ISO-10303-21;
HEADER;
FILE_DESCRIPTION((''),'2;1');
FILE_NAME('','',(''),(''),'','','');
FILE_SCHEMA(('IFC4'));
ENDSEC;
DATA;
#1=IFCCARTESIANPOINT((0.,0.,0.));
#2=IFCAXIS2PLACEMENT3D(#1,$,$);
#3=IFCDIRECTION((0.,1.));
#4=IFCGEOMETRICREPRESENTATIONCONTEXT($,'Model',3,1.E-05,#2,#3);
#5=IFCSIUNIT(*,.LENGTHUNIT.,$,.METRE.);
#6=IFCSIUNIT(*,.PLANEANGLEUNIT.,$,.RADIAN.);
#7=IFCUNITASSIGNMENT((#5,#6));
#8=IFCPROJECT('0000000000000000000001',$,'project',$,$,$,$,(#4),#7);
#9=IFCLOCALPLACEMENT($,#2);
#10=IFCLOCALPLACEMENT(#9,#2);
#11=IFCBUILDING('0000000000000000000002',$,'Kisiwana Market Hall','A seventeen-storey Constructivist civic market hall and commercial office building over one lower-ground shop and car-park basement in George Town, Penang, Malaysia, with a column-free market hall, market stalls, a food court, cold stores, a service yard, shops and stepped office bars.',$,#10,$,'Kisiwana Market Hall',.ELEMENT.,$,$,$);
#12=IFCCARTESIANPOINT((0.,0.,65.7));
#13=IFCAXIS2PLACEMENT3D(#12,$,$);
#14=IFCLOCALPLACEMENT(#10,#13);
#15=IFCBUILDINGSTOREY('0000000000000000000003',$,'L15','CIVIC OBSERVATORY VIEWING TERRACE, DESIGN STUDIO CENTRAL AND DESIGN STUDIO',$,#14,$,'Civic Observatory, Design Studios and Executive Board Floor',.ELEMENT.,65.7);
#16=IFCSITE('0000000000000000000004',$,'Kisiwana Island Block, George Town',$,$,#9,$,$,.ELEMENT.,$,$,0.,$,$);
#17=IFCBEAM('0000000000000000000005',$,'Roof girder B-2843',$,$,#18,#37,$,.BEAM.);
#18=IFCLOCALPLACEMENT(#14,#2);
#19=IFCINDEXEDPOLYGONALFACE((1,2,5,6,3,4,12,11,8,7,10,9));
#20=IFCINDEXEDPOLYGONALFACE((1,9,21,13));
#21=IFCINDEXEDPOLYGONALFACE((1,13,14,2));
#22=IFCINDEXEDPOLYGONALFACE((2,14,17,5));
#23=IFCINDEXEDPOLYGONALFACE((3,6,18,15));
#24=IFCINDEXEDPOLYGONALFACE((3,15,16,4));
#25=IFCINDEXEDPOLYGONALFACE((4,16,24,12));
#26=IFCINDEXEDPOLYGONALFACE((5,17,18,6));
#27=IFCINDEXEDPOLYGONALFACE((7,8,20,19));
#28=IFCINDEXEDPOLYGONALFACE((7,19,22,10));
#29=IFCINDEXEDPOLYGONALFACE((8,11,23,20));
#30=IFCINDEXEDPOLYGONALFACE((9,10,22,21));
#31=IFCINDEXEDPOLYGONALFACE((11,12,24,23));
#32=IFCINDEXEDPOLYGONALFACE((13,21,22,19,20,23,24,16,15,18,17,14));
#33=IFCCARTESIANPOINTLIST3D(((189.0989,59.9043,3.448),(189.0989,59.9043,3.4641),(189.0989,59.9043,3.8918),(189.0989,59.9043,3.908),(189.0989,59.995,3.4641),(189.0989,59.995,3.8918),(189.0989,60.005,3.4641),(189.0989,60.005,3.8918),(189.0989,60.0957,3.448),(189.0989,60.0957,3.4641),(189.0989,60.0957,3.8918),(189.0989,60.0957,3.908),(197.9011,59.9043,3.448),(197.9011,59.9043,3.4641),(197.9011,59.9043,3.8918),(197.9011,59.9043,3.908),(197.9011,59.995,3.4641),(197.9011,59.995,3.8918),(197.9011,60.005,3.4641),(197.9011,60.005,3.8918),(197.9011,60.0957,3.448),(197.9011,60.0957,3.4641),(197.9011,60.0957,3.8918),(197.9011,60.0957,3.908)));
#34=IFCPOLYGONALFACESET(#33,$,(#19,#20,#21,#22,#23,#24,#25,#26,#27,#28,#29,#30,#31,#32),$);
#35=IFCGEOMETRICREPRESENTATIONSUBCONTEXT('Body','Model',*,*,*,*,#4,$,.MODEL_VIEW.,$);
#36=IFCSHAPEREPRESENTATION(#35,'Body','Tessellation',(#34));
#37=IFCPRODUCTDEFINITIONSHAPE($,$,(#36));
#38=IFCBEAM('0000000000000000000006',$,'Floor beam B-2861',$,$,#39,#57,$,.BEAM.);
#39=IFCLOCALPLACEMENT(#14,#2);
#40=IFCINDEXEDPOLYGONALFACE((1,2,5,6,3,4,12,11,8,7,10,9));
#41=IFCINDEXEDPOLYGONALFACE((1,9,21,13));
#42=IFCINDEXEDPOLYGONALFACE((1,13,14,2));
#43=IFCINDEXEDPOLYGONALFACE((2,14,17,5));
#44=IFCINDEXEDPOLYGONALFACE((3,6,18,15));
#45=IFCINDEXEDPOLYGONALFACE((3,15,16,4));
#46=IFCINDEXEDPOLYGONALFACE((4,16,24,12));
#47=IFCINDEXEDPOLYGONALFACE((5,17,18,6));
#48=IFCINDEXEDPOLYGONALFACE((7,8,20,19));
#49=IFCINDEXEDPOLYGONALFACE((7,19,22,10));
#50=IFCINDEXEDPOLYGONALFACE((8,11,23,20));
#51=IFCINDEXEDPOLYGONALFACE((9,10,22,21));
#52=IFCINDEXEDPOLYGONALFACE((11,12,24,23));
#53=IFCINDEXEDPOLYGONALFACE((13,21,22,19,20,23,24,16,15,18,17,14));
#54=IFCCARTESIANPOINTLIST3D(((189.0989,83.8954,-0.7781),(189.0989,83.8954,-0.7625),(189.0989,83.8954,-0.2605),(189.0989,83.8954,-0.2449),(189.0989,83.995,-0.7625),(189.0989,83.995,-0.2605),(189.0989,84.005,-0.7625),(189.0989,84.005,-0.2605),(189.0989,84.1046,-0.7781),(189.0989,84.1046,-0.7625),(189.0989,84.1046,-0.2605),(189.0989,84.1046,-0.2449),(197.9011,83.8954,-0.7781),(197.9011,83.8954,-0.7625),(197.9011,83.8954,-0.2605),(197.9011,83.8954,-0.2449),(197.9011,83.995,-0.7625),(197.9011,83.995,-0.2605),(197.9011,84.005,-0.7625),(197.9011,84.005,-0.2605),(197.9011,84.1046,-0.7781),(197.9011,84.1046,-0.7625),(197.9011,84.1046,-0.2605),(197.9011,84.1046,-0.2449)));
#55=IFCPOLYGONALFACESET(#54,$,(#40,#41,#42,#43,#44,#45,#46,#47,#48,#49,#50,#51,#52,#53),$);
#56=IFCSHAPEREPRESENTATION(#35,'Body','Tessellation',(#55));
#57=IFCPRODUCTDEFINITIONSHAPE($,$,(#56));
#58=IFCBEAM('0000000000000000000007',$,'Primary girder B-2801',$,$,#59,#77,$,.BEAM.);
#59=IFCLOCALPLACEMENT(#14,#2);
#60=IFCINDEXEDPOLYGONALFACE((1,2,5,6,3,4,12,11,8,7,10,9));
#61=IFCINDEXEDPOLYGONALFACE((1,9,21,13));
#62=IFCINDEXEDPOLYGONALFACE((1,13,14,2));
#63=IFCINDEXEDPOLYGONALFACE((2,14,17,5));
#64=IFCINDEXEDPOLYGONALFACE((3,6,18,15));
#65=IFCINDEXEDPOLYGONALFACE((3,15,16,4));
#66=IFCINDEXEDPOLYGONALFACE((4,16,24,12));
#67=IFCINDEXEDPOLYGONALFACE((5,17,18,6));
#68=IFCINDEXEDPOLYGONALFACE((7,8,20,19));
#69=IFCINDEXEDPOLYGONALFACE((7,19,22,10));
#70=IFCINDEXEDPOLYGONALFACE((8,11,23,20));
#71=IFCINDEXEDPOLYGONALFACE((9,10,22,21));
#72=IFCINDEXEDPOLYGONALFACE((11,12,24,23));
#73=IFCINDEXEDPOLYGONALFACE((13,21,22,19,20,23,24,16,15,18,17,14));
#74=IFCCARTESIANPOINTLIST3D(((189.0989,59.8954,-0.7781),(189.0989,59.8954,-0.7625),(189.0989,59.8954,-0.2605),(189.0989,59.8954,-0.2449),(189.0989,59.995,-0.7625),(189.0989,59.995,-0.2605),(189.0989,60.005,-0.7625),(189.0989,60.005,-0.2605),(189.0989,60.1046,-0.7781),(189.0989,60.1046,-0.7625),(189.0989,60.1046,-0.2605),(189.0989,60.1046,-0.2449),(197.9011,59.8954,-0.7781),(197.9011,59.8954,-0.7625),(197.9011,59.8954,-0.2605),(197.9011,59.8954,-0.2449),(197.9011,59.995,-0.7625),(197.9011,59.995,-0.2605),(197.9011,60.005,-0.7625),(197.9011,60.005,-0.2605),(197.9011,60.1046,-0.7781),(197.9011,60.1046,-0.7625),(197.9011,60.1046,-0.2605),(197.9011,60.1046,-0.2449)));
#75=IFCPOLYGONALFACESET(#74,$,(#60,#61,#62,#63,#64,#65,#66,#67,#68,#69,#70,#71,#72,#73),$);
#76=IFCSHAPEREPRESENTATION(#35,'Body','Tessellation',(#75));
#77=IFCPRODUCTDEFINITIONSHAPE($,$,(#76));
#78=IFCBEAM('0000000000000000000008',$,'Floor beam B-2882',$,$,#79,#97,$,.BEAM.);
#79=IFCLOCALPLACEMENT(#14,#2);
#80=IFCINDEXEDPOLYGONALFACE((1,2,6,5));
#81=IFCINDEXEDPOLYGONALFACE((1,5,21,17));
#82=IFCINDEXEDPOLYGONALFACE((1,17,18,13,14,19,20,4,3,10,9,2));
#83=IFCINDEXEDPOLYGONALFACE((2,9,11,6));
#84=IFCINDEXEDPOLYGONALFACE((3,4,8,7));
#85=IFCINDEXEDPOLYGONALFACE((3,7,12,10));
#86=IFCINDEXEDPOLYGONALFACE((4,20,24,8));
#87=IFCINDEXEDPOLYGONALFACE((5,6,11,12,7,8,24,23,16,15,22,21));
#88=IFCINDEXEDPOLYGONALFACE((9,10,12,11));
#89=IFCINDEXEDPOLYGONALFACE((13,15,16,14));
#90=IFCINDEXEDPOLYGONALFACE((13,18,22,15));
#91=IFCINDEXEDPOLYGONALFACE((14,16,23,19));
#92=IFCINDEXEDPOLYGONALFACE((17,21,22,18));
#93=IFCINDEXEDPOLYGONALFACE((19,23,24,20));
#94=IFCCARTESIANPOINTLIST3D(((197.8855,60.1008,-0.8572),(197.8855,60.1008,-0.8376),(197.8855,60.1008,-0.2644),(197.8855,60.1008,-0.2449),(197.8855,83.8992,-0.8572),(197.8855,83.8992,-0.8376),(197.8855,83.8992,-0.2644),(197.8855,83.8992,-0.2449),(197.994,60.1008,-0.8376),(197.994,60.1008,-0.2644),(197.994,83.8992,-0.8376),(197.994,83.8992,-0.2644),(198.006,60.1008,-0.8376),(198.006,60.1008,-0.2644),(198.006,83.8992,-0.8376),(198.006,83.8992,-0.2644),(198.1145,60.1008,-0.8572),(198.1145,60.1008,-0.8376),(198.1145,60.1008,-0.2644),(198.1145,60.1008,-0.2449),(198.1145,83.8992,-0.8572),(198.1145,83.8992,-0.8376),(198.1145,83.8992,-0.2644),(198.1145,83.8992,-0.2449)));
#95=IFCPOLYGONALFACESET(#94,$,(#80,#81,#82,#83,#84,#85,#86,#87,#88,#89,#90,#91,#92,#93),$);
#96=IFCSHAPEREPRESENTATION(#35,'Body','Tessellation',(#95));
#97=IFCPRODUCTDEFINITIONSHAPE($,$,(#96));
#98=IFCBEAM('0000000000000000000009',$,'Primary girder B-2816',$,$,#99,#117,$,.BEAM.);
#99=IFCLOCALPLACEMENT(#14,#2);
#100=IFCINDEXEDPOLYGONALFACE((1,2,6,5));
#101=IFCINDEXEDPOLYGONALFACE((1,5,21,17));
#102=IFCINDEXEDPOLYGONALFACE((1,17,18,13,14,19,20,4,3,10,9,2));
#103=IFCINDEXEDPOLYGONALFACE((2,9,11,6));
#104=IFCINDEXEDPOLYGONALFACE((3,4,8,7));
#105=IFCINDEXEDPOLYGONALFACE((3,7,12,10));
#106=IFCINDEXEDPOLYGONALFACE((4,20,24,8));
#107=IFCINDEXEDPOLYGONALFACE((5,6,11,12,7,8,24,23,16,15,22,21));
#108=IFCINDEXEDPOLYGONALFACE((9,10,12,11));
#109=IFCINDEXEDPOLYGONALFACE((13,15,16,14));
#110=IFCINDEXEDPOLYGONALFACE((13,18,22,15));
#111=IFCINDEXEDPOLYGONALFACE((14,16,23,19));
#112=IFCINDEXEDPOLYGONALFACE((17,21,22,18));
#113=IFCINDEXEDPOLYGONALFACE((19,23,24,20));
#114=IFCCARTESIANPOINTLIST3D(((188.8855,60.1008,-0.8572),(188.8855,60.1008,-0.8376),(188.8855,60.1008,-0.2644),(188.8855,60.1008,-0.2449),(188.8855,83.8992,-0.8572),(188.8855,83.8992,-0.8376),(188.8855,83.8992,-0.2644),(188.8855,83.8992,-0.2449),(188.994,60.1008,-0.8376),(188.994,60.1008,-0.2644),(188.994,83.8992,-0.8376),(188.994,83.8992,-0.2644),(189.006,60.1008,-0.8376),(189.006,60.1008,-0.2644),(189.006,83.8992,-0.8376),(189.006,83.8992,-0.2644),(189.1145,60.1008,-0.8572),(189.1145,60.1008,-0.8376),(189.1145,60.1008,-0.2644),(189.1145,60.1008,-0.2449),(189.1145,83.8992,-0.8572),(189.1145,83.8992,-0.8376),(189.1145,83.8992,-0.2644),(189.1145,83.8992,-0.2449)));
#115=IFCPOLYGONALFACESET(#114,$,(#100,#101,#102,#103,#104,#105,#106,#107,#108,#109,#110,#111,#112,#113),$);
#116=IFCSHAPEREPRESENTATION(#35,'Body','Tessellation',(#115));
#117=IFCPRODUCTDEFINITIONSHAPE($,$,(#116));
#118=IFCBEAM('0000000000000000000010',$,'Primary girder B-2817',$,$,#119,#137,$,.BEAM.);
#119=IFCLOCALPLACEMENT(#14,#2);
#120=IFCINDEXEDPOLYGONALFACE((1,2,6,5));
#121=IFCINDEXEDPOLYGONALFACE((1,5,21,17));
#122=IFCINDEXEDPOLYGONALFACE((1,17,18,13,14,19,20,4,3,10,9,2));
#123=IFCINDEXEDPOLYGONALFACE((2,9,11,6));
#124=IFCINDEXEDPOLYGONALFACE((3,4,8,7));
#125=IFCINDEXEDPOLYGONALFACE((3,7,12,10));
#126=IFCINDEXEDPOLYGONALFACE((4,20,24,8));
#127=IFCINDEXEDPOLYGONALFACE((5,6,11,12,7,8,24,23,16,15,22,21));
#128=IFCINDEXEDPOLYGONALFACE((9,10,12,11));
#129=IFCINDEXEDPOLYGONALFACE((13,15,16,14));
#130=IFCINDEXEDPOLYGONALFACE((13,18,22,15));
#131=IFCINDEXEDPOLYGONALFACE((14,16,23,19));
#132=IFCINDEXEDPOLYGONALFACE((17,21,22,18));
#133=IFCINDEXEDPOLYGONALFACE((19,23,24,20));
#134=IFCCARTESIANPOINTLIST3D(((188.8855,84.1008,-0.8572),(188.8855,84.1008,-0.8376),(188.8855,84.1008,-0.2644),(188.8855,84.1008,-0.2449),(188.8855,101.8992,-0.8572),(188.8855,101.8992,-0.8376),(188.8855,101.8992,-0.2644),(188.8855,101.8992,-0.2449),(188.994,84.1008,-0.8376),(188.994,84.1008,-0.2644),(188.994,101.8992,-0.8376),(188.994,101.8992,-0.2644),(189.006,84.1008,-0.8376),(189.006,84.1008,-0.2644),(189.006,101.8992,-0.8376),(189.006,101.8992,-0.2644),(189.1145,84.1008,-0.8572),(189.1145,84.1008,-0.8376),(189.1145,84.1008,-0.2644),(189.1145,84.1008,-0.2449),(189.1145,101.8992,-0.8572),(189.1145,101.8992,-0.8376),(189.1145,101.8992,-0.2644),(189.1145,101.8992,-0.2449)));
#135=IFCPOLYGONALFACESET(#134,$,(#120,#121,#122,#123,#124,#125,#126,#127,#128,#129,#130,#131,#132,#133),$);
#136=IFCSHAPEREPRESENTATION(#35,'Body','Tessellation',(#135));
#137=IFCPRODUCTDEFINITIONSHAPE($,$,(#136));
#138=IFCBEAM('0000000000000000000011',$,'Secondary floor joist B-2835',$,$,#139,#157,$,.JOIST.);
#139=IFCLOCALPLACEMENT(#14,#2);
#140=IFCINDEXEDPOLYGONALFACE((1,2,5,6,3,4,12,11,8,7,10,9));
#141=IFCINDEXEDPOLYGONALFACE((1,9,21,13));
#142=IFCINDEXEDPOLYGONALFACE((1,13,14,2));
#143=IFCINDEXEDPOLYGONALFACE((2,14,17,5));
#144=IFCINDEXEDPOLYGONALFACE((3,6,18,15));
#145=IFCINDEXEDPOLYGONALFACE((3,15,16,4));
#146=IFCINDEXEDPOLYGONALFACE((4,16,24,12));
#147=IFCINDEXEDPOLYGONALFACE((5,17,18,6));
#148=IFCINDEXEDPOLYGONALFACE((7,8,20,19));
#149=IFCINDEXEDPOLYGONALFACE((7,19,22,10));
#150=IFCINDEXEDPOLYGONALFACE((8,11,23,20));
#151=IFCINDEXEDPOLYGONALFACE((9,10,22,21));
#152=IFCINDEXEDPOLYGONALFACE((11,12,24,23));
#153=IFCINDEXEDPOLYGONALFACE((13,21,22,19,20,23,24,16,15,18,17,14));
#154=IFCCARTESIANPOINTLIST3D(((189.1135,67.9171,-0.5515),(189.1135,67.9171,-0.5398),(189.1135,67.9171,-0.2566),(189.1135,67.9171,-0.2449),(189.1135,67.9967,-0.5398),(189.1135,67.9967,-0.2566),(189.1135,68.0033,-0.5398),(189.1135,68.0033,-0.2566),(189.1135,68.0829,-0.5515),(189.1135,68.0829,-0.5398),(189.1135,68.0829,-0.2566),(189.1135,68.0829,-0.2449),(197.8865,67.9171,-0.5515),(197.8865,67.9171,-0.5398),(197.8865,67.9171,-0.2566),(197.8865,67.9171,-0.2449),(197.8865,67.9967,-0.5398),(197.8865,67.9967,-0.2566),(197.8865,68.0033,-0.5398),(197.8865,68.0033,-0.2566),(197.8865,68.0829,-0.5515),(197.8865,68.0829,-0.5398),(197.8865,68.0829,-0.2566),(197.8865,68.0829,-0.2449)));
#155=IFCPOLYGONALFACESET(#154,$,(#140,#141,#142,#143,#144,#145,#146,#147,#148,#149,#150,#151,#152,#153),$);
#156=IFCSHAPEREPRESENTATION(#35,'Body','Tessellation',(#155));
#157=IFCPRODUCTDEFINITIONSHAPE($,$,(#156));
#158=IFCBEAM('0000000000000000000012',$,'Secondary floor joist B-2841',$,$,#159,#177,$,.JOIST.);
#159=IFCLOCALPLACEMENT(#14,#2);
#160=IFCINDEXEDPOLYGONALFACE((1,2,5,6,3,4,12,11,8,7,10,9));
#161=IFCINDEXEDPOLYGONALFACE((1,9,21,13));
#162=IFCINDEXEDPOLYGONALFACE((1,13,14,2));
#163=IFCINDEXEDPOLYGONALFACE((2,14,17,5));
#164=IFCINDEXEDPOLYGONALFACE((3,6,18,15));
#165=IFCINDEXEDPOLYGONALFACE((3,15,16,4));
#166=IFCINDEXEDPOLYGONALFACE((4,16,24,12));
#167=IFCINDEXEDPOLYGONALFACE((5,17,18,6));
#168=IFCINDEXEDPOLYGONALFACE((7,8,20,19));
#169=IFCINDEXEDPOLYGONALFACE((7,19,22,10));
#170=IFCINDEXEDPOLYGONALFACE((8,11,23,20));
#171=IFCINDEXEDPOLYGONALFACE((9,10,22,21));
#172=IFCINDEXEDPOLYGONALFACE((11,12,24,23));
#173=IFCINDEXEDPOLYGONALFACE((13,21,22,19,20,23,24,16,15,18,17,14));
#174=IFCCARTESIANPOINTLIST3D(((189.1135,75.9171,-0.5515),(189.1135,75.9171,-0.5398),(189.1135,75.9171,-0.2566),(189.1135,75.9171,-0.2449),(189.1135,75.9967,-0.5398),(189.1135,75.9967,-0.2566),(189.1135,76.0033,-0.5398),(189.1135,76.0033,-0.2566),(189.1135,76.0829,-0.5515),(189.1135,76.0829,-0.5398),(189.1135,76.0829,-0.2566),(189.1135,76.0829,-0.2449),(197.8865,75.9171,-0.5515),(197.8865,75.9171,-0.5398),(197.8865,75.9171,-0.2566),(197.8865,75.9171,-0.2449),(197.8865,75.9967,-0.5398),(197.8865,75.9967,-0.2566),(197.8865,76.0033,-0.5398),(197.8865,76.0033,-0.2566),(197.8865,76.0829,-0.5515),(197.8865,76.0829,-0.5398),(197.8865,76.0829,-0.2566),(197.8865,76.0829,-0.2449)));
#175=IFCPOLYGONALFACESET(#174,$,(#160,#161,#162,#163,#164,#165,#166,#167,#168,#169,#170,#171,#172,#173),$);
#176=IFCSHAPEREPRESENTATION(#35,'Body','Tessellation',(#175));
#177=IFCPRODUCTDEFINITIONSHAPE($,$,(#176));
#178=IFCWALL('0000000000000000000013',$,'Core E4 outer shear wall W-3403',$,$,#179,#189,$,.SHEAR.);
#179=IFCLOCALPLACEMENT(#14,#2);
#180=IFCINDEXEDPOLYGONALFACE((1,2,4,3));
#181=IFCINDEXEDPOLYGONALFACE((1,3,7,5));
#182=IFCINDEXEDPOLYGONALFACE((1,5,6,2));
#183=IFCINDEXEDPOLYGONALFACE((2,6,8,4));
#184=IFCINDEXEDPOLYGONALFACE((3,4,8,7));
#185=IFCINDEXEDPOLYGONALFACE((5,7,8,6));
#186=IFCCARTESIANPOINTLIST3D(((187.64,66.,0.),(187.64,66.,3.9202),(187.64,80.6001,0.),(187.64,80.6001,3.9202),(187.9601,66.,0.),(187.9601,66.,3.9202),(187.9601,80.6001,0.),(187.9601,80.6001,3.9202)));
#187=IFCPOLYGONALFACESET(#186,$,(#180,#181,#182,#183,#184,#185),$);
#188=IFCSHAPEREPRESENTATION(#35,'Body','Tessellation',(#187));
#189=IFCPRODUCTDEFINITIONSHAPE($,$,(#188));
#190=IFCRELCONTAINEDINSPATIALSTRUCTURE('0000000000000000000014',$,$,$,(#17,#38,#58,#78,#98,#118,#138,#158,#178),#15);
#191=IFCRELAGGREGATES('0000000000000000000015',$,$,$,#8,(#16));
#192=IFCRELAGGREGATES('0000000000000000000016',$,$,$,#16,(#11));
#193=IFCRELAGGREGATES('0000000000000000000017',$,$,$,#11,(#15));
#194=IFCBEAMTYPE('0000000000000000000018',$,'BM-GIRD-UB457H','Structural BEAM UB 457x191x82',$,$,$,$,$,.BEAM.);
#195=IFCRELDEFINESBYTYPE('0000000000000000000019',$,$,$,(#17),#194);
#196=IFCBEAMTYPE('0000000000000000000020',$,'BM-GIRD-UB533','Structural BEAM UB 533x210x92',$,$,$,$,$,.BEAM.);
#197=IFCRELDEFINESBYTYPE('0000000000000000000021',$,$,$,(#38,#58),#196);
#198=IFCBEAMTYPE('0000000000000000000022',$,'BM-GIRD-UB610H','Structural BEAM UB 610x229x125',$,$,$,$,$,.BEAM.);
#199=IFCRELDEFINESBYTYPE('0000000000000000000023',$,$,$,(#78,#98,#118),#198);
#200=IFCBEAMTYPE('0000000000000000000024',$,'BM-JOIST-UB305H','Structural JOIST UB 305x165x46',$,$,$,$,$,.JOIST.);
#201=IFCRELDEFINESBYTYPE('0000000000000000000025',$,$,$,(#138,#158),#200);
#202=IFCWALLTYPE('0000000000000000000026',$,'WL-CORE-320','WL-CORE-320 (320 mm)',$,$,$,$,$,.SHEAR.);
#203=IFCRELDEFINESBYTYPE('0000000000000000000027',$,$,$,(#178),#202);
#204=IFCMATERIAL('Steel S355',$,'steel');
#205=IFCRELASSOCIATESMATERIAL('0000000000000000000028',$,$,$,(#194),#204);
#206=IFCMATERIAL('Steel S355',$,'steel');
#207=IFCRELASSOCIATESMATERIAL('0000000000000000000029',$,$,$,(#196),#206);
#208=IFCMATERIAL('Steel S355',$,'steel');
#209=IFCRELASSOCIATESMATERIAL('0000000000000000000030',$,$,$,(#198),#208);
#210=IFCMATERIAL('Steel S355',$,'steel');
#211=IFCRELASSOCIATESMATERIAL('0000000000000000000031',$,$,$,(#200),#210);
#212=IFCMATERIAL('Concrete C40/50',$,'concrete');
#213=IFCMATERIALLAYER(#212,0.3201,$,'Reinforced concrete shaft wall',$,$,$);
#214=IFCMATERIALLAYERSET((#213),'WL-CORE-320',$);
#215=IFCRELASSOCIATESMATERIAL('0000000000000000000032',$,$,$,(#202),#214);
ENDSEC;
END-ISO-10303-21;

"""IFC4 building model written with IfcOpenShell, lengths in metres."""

from ifc_helpers import new_model, si_unit, direction, frame, frame_2d, origin, origin_2d, place, context, subcontext, project, spatial, rectangle, i_section, extrude, material, layer, layer_set, material_profile, profile_set, type_object, element, save


model = new_model("IFC4")

# Units and contexts
model_context = context("Model", 3, precision=1e-05, world=origin(), true_north=direction((0.0, 1.0)))
body_context = subcontext(model_context, "Body", "Model", "MODEL_VIEW")
ifc_project = project(units=[si_unit("LENGTHUNIT", "METRE"), si_unit("PLANEANGLEUNIT", "RADIAN")], contexts=[model_context])

# Site, building, storey
site_placement = place(None, origin())
site = spatial("IfcSite", under=ifc_project, at=site_placement, Name="Kisiwana Island Block, George Town", CompositionType="ELEMENT", RefElevation=0.0)
building_placement = place(site_placement, origin())
building = spatial("IfcBuilding", under=site, at=building_placement, Name="Kisiwana Market Hall", Description="A seventeen-storey Constructivist civic market hall and commercial office building over one lower-ground shop and car-park basement in George Town, Penang, Malaysia, with a column-free market hall, market stalls, a food court, cold stores, a service yard, shops and stepped office bars.", LongName="Kisiwana Market Hall", CompositionType="ELEMENT")
storey_placement = place(building_placement, frame((0.0, 0.0, 65.7)))
storey = spatial("IfcBuildingStorey", under=building, at=storey_placement, Name="L15", Description="CIVIC OBSERVATORY VIEWING TERRACE, DESIGN STUDIO CENTRAL AND DESIGN STUDIO", LongName="Civic Observatory, Design Studios and Executive Board Floor", CompositionType="ELEMENT", Elevation=65.7)

# Beams
ifc_material_1 = material(Name="Steel S355", Category="steel")
ifc_material_profile_1 = material_profile(ifc_material_1, i_section(OverallWidth=0.1914, OverallDepth=0.46, WebThickness=0.01, FlangeThickness=0.0161, at=origin_2d()), Name="UB 457x191x82")
ifc_profile_set_1 = profile_set([ifc_material_profile_1], Name="Steel S355")
beam_type_1 = type_object("IfcBeamType", Name="BM-GIRD-UB457H", Description="Structural BEAM UB 457x191x82", PredefinedType="BEAM", material=ifc_profile_set_1)
beam_1_placement = place(storey_placement, frame((189.0989, 60.0, 3.678), z_axis=(1.0, 0.0, 0.0), x_axis=(0.0, 1.0, 0.0)))
element("IfcBeam", 1, at=beam_1_placement, inside=storey, type_object=beam_type_1, Name="Roof girder B-2843", PredefinedType="BEAM", context=body_context, shape_type="SweptSolid", body=[
    extrude(i_section(OverallWidth=0.1914, OverallDepth=0.46, WebThickness=0.01, FlangeThickness=0.0161, at=origin_2d()), origin(), (0.0, 0.0, 1.0), 8.8022),
])
ifc_material_2 = material(Name="Steel S355", Category="steel")
ifc_material_profile_2 = material_profile(ifc_material_2, i_section(OverallWidth=0.2092, OverallDepth=0.5332, WebThickness=0.01, FlangeThickness=0.0156, at=origin_2d()), Name="UB 533x210x92")
ifc_profile_set_2 = profile_set([ifc_material_profile_2], Name="Steel S355")
beam_type_2 = type_object("IfcBeamType", Name="BM-GIRD-UB533", Description="Structural BEAM UB 533x210x92", PredefinedType="BEAM", material=ifc_profile_set_2)
for number, where, z_axis, x_axis, name in (
    (2, (189.0989, 84.0, -0.5115), (1.0, 0.0, 0.0), (0.0, 1.0, 0.0), "Floor beam B-2861"),
    (3, (189.0989, 60.0, -0.5115), (1.0, 0.0, 0.0), (0.0, 1.0, 0.0), "Primary girder B-2801"),
):
    element("IfcBeam", number, at=place(storey_placement, frame(where, z_axis=z_axis, x_axis=x_axis)), inside=storey, type_object=beam_type_2, Name=name, PredefinedType="BEAM", context=body_context, shape_type="SweptSolid", body=[
        extrude(i_section(OverallWidth=0.2092, OverallDepth=0.5332, WebThickness=0.01, FlangeThickness=0.0156, at=origin_2d()), origin(), (0.0, 0.0, 1.0), 8.8022),
    ])
ifc_material_3 = material(Name="Steel S355", Category="steel")
ifc_material_profile_3 = material_profile(ifc_material_3, i_section(OverallWidth=0.229, OverallDepth=0.6123, WebThickness=0.012, FlangeThickness=0.0195, at=origin_2d()), Name="UB 610x229x125")
ifc_profile_set_3 = profile_set([ifc_material_profile_3], Name="Steel S355")
beam_type_3 = type_object("IfcBeamType", Name="BM-GIRD-UB610H", Description="Structural BEAM UB 610x229x125", PredefinedType="BEAM", material=ifc_profile_set_3)
for number, where, z_axis, x_axis, name in (
    (4, (198.0, 60.1008, -0.551), (0.0, 1.0, 0.0), (-1.0, 0.0, 0.0), "Floor beam B-2882"),
    (5, (189.0, 60.1008, -0.551), (0.0, 1.0, 0.0), (-1.0, 0.0, 0.0), "Primary girder B-2816"),
):
    element("IfcBeam", number, at=place(storey_placement, frame(where, z_axis=z_axis, x_axis=x_axis)), inside=storey, type_object=beam_type_3, Name=name, PredefinedType="BEAM", context=body_context, shape_type="SweptSolid", body=[
        extrude(i_section(OverallWidth=0.229, OverallDepth=0.6123, WebThickness=0.012, FlangeThickness=0.0195, at=origin_2d()), origin(), (0.0, 0.0, 1.0), 23.7983),
    ])
beam_2_placement = place(storey_placement, frame((189.0, 84.1008, -0.551), z_axis=(0.0, 1.0, 0.0), x_axis=(-1.0, 0.0, 0.0)))
element("IfcBeam", 6, at=beam_2_placement, inside=storey, type_object=beam_type_3, Name="Primary girder B-2817", PredefinedType="BEAM", context=body_context, shape_type="SweptSolid", body=[
    extrude(i_section(OverallWidth=0.229, OverallDepth=0.6123, WebThickness=0.012, FlangeThickness=0.0195, at=origin_2d()), origin(), (0.0, 0.0, 1.0), 17.7983),
])
ifc_material_4 = material(Name="Steel S355", Category="steel")
ifc_material_profile_4 = material_profile(ifc_material_4, i_section(OverallWidth=0.1658, OverallDepth=0.3066, WebThickness=0.0066, FlangeThickness=0.0117, at=origin_2d()), Name="UB 305x165x46")
ifc_profile_set_4 = profile_set([ifc_material_profile_4], Name="Steel S355")
beam_type_4 = type_object("IfcBeamType", Name="BM-JOIST-UB305H", Description="Structural JOIST UB 305x165x46", PredefinedType="JOIST", material=ifc_profile_set_4)
for number, where, z_axis, x_axis, name in (
    (7, (189.1135, 68.0, -0.3982), (1.0, 0.0, 0.0), (0.0, 1.0, 0.0), "Secondary floor joist B-2835"),
    (8, (189.1135, 76.0, -0.3982), (1.0, 0.0, 0.0), (0.0, 1.0, 0.0), "Secondary floor joist B-2841"),
):
    element("IfcBeam", number, at=place(storey_placement, frame(where, z_axis=z_axis, x_axis=x_axis)), inside=storey, type_object=beam_type_4, Name=name, PredefinedType="JOIST", context=body_context, shape_type="SweptSolid", body=[
        extrude(i_section(OverallWidth=0.1658, OverallDepth=0.3066, WebThickness=0.0066, FlangeThickness=0.0117, at=origin_2d()), origin(), (0.0, 0.0, 1.0), 8.7729),
    ])

# Wall
ifc_material_5 = material(Name="Concrete C40/50", Category="concrete")
ifc_layer_1 = layer(ifc_material_5, 0.3201, Name="Reinforced concrete shaft wall")
ifc_layer_set_1 = layer_set([ifc_layer_1], Name="WL-CORE-320")
wall_type_1 = type_object("IfcWallType", Name="WL-CORE-320", Description="WL-CORE-320 (320 mm)", PredefinedType="SHEAR", material=ifc_layer_set_1)
wall_1_placement = place(storey_placement, frame((187.8, 66.0, 0.0), z_axis=(0.0, 0.0, 1.0), x_axis=(0.0, 1.0, 0.0)))
element("IfcWall", 9, at=wall_1_placement, inside=storey, type_object=wall_type_1, Name="Core E4 outer shear wall W-3403", PredefinedType="SHEAR", context=body_context, shape_type="SweptSolid", body=[
    extrude(rectangle(XDim=14.6001, YDim=0.3201, at=frame_2d((7.3, 0.0))), origin(), (0.0, 0.0, 1.0), 3.9202),
])

save(model, "model.ifc")
